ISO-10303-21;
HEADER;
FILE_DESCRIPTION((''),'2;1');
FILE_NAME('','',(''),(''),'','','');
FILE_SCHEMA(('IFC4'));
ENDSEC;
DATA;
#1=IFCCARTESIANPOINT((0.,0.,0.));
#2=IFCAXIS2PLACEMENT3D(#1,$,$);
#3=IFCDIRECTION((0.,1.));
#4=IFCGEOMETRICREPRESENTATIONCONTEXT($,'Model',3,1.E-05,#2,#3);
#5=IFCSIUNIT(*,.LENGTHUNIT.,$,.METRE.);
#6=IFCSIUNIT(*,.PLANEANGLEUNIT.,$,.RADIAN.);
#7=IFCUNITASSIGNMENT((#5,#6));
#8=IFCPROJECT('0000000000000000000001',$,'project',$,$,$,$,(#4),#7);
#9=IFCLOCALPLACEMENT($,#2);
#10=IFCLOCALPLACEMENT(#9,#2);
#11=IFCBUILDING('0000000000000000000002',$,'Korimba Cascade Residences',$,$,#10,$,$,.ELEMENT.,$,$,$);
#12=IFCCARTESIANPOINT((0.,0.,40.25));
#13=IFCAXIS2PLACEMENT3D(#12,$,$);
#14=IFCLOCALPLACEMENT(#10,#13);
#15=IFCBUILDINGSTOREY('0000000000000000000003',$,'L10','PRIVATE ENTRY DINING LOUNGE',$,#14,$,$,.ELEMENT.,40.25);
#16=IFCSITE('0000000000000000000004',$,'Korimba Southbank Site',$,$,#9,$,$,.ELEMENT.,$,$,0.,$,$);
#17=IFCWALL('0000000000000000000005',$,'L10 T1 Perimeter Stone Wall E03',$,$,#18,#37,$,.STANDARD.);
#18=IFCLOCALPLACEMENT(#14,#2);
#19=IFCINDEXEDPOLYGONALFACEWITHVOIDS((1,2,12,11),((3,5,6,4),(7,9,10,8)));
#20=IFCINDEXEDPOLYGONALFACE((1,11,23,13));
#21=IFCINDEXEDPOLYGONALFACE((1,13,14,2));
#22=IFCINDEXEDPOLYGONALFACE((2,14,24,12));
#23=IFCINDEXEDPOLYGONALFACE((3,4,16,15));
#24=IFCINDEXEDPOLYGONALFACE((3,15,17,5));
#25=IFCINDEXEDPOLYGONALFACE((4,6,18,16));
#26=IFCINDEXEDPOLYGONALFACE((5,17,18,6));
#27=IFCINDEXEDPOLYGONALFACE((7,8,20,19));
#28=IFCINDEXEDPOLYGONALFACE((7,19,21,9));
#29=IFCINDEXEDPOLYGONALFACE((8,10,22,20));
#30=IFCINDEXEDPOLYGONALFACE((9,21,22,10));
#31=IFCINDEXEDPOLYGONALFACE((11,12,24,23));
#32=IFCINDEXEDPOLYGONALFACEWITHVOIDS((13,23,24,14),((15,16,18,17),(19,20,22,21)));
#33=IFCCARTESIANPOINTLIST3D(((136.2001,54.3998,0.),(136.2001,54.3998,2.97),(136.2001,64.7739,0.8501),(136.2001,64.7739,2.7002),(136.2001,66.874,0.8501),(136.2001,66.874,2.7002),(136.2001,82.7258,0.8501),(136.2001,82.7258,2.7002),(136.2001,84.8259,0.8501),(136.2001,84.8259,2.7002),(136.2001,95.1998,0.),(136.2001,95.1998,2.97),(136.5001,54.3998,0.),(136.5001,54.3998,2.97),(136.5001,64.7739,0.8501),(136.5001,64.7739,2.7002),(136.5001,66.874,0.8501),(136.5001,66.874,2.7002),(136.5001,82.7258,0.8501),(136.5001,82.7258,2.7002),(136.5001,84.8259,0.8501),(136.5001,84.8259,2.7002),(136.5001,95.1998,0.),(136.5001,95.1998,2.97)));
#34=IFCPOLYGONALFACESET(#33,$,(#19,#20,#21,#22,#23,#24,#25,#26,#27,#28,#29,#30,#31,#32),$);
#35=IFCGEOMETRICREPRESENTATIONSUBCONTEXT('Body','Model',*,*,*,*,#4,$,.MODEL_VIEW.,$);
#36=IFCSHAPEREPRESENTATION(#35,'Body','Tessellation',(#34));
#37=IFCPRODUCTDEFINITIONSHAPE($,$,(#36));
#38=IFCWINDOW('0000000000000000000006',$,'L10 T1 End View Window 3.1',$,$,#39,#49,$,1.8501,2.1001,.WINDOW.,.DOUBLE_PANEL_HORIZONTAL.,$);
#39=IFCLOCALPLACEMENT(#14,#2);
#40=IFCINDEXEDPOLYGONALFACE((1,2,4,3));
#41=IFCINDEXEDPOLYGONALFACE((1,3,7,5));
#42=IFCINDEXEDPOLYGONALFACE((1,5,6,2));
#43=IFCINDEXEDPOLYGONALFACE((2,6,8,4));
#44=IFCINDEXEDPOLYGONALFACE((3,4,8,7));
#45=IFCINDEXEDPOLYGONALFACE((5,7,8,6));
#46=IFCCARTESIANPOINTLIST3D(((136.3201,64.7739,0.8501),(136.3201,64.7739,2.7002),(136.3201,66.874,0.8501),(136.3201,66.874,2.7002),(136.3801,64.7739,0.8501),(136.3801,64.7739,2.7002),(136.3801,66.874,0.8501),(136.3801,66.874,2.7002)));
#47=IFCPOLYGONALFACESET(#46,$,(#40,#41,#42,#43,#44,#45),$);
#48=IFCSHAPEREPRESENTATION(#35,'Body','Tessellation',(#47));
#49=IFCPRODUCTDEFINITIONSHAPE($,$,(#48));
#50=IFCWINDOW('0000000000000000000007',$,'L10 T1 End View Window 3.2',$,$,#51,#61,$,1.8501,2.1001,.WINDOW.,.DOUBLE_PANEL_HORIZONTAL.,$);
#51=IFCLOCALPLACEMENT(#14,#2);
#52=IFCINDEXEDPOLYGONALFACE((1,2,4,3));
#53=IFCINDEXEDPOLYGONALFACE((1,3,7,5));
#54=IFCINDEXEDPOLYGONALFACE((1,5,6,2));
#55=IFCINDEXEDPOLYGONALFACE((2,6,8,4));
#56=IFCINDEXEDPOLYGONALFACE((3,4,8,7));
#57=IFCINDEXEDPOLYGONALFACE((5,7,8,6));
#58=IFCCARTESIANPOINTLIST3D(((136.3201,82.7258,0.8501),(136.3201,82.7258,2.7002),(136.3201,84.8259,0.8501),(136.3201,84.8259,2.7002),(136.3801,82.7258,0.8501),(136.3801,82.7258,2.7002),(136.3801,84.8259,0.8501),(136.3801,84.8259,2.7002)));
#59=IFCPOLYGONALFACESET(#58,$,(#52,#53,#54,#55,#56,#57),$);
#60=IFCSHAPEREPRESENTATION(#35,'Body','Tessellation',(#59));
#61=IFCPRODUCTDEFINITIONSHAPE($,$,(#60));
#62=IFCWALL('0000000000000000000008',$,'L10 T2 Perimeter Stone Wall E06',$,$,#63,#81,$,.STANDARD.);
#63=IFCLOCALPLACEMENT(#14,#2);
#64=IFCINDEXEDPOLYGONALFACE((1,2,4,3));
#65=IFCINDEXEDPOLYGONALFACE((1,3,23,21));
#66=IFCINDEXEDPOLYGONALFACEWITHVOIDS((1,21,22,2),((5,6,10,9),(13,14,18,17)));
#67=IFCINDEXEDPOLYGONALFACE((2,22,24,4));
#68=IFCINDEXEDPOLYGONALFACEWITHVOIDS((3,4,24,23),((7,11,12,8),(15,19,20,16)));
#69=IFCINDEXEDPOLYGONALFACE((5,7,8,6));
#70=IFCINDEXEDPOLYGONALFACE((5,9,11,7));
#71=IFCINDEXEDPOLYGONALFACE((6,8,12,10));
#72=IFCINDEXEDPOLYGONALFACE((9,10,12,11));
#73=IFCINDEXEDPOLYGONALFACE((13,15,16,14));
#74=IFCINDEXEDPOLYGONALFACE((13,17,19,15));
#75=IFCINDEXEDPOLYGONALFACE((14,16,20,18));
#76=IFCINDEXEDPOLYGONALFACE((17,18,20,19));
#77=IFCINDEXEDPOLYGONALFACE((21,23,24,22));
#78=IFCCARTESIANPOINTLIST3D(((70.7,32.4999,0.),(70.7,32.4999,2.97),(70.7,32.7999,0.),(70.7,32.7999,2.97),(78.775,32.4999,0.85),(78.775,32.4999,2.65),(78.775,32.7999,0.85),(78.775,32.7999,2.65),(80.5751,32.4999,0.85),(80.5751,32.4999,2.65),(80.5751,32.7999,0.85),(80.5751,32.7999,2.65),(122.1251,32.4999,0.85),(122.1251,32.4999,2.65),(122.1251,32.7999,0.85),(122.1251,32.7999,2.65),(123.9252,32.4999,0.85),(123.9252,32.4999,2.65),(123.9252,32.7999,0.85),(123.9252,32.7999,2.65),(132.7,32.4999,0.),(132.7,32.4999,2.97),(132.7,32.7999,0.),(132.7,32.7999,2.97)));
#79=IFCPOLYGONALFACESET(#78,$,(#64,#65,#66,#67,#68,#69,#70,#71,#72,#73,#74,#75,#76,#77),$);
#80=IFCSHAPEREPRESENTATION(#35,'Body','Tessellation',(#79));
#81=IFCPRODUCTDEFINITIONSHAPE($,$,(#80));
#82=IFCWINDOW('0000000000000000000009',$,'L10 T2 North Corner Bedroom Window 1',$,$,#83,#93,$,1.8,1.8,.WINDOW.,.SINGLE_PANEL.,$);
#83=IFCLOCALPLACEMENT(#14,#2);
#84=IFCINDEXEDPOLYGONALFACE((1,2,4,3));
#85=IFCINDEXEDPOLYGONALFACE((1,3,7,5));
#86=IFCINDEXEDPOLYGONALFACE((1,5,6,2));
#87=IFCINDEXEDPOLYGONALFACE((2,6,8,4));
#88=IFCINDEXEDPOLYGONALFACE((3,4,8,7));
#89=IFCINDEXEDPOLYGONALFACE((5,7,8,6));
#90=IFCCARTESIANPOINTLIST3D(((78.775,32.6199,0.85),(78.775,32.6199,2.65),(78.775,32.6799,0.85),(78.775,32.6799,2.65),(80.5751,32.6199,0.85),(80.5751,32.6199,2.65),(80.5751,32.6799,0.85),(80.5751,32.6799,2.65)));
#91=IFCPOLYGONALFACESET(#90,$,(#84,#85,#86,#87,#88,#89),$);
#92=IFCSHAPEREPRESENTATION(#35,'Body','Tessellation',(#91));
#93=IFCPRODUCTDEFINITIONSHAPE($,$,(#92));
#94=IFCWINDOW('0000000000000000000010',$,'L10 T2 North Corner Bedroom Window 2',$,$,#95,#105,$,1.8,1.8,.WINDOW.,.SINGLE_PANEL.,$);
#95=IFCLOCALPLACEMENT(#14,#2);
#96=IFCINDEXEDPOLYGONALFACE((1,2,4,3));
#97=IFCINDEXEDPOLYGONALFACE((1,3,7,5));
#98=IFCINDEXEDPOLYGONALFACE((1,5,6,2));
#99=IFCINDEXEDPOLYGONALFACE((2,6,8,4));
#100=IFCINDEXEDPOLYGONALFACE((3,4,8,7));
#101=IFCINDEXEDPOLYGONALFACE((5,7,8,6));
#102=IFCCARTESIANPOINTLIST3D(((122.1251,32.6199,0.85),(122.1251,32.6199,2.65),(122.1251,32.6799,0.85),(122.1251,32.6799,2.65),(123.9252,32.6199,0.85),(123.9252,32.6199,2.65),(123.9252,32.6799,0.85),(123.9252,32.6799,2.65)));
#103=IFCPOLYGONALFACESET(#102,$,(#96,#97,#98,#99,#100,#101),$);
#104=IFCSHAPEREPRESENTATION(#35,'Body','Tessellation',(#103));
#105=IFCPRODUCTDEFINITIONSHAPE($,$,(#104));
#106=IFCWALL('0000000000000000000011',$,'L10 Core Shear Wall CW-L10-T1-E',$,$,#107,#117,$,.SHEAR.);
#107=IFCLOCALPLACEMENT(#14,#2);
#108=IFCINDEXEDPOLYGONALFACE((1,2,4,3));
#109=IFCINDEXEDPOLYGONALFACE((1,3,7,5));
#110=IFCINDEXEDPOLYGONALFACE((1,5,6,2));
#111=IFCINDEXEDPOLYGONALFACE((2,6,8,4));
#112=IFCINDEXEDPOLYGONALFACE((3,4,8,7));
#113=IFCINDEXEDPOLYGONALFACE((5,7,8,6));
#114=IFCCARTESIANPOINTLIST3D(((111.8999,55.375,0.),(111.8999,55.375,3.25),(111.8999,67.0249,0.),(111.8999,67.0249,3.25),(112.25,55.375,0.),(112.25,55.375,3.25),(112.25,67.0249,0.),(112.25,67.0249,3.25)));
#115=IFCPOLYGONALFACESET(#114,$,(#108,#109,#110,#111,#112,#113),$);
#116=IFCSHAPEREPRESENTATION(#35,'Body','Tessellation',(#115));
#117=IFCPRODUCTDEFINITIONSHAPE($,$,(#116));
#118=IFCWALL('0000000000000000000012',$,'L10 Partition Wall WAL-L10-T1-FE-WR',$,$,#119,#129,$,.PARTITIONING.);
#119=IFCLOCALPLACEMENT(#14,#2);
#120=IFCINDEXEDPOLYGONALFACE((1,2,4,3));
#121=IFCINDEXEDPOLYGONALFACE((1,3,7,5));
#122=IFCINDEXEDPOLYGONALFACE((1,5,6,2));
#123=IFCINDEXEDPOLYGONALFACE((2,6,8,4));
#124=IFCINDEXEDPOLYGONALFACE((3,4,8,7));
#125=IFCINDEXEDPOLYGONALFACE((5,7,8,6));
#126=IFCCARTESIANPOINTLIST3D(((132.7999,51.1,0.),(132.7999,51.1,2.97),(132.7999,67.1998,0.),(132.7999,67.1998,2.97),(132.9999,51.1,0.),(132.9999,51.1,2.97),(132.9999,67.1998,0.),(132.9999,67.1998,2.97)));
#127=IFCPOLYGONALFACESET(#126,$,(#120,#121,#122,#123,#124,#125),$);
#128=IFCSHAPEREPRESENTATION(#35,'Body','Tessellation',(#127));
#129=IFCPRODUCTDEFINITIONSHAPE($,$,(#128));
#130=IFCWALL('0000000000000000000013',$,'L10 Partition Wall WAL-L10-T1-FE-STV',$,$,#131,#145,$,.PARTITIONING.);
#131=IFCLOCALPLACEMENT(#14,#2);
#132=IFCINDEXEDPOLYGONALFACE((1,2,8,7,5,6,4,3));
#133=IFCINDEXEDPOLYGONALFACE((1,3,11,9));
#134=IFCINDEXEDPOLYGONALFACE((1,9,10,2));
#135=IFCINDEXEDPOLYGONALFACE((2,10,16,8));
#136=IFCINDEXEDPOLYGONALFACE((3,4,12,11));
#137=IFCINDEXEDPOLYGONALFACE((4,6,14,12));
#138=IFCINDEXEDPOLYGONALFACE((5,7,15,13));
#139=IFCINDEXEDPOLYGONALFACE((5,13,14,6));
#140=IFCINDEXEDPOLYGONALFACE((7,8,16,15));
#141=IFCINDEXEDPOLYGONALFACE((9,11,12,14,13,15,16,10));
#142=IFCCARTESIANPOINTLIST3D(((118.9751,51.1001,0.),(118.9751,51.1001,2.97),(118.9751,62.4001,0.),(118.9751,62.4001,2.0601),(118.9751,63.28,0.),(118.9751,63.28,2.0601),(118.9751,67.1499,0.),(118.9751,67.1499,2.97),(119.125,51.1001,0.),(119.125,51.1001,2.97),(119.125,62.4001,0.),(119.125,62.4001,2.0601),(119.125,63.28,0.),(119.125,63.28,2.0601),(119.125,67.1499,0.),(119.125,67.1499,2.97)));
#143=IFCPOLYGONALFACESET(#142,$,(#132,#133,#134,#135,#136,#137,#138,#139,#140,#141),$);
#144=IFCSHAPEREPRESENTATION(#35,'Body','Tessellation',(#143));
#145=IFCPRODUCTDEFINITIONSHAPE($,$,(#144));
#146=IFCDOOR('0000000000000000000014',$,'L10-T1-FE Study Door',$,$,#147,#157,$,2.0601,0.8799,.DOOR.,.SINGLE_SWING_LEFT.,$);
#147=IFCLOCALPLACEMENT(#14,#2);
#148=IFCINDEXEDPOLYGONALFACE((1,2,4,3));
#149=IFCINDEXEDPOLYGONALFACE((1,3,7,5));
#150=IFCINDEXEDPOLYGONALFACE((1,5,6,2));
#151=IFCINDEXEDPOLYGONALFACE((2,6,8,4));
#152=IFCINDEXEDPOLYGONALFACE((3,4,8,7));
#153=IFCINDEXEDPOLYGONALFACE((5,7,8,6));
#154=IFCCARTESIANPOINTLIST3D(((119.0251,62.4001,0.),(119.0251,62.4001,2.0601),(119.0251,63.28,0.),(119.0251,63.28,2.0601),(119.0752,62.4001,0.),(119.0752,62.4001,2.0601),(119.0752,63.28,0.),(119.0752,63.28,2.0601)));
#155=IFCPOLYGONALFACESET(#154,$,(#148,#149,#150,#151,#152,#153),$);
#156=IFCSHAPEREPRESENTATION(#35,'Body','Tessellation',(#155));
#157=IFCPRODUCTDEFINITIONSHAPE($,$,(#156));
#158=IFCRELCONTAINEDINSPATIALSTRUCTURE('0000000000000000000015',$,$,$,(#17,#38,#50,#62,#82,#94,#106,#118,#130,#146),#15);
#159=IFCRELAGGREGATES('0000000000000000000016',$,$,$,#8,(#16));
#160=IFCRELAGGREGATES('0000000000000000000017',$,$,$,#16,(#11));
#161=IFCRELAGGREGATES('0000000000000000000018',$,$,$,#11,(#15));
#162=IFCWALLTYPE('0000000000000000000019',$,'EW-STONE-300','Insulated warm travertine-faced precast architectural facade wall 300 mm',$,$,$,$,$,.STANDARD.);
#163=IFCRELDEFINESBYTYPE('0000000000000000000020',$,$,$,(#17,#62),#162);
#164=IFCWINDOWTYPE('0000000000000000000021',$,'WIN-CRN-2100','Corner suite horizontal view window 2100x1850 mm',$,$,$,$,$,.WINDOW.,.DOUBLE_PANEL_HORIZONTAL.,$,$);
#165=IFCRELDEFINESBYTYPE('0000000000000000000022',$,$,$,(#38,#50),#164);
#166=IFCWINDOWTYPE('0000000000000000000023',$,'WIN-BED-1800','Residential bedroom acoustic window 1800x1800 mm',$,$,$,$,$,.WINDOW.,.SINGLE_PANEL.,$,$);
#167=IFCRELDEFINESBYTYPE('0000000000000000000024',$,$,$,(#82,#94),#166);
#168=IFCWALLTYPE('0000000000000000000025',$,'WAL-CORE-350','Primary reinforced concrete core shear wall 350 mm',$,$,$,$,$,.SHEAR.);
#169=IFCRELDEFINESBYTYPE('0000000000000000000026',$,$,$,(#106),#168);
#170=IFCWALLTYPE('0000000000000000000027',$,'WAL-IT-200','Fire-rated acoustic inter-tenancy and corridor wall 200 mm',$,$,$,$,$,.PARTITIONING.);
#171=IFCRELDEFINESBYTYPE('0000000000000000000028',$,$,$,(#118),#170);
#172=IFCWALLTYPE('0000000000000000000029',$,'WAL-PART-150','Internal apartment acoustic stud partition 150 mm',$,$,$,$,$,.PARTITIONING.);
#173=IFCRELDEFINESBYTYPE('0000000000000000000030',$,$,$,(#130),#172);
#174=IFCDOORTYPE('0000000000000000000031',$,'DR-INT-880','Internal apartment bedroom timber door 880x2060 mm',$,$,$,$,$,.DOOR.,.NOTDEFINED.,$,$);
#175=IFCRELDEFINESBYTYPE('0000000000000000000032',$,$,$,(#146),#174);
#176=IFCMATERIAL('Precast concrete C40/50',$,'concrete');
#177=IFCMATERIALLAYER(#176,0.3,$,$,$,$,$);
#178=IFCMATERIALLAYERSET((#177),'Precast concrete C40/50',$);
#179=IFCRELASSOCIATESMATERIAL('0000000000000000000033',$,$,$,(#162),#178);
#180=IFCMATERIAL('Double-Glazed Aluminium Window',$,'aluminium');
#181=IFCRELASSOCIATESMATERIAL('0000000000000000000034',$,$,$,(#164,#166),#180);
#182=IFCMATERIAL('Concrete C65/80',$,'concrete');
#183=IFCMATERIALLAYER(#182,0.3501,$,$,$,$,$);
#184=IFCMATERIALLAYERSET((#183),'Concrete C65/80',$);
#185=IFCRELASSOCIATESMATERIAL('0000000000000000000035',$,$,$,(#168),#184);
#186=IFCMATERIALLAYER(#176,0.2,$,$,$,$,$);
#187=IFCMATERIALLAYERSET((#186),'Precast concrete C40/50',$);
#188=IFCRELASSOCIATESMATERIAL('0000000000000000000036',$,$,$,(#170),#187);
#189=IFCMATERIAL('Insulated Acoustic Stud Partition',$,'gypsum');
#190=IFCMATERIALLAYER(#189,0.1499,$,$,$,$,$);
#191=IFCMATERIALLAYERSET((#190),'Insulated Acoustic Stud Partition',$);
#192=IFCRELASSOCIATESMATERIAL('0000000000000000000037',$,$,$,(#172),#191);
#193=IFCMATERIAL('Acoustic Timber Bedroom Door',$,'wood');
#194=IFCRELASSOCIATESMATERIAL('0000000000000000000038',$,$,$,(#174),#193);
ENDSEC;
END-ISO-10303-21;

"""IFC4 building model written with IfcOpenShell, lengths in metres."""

from ifc_helpers import new_model, si_unit, direction, frame, frame_2d, origin, place, context, subcontext, project, spatial, rectangle, extrude, material, layer, layer_set, type_object, element, fill, save


model = new_model("IFC4")

# Units and contexts
model_context = context("Model", 3, precision=1e-05, world=origin(), true_north=direction((0.0, 1.0)))
body_context = subcontext(model_context, "Body", "Model", "MODEL_VIEW")
ifc_project = project(units=[si_unit("LENGTHUNIT", "METRE"), si_unit("PLANEANGLEUNIT", "RADIAN")], contexts=[model_context])

# Site, building, storey
site_placement = place(None, origin())
site = spatial("IfcSite", under=ifc_project, at=site_placement, Name="Korimba Southbank Site", CompositionType="ELEMENT", RefElevation=0.0)
building_placement = place(site_placement, origin())
building = spatial("IfcBuilding", under=site, at=building_placement, Name="Korimba Cascade Residences", CompositionType="ELEMENT")
storey_placement = place(building_placement, frame((0.0, 0.0, 40.25)))
storey = spatial("IfcBuildingStorey", under=building, at=storey_placement, Name="L10", Description="PRIVATE ENTRY DINING LOUNGE", CompositionType="ELEMENT", Elevation=40.25)

# Shared definitions
ifc_material_1 = material(Name="Concrete C65/80", Category="concrete")

# Shared definitions
ifc_material_2 = material(Name="Precast concrete C40/50", Category="concrete")
ifc_layer_1 = layer(ifc_material_2, 0.3)
ifc_layer_set_1 = layer_set([ifc_layer_1], Name="Precast concrete C40/50")
wall_type_1 = type_object("IfcWallType", Name="EW-STONE-300", Description="Insulated warm travertine-faced precast architectural facade wall 300 mm", PredefinedType="STANDARD", material=ifc_layer_set_1)

# Walls, openings, windows
wall_1_placement = place(storey_placement, frame((136.3501, 54.3999, 0.0), z_axis=(0.0, 0.0, 1.0), x_axis=(0.0, 1.0, 0.0)))
wall_1 = element("IfcWall", 1, at=wall_1_placement, inside=storey, type_object=wall_type_1, Name="L10 T1 Perimeter Stone Wall E03", PredefinedType="STANDARD", context=body_context, shape_type="SweptSolid", body=[
    extrude(rectangle(XDim=40.8, YDim=0.3, at=frame_2d((20.3999, 0.0))), origin(), (0.0, 0.0, 1.0), 2.97),
])
opening_1_placement = place(wall_1_placement, frame((10.374, 0.0, 0.8501)))
opening_1 = element("IfcOpeningElement", 2, at=opening_1_placement, cuts=wall_1, PredefinedType="OPENING", context=body_context, shape_type="SweptSolid", body=[
    extrude(rectangle(XDim=2.1001, YDim=1.8501, at=frame_2d((1.05, 0.925))), frame((0.0, 0.1602, 0.0), z_axis=(0.0, -1.0, 0.0), x_axis=(1.0, 0.0, 0.0)), (0.0, 0.0, 1.0), 0.3201),
])
opening_2_placement = place(wall_1_placement, frame((28.3259, 0.0, 0.8501)))
opening_2 = element("IfcOpeningElement", 3, at=opening_2_placement, cuts=wall_1, PredefinedType="OPENING", context=body_context, shape_type="SweptSolid", body=[
    extrude(rectangle(XDim=2.1001, YDim=1.8501, at=frame_2d((1.05, 0.925))), frame((0.0, 0.1602, 0.0), z_axis=(0.0, -1.0, 0.0), x_axis=(1.0, 0.0, 0.0)), (0.0, 0.0, 1.0), 0.3201),
])
ifc_material_3 = material(Name="Double-Glazed Aluminium Window", Category="aluminium")
window_type_1 = type_object("IfcWindowType", Name="WIN-CRN-2100", Description="Corner suite horizontal view window 2100x1850 mm", PartitioningType="DOUBLE_PANEL_HORIZONTAL", PredefinedType="WINDOW", material=ifc_material_3)
window_1_placement = place(opening_1_placement, origin())
window_1 = element("IfcWindow", 4, at=window_1_placement, inside=storey, type_object=window_type_1, Name="L10 T1 End View Window 3.1", OverallHeight=1.8501, OverallWidth=2.1001, PartitioningType="DOUBLE_PANEL_HORIZONTAL", PredefinedType="WINDOW", context=body_context, shape_type="SweptSolid", body=[
    extrude(rectangle(XDim=2.1001, YDim=1.8501, at=frame_2d((1.05, 0.925))), frame((0.0, 0.03, 0.0), z_axis=(0.0, -1.0, 0.0), x_axis=(1.0, 0.0, 0.0)), (0.0, 0.0, 1.0), 0.0601),
])
fill(opening_1, window_1)
window_2_placement = place(opening_2_placement, origin())
window_2 = element("IfcWindow", 5, at=window_2_placement, inside=storey, type_object=window_type_1, Name="L10 T1 End View Window 3.2", OverallHeight=1.8501, OverallWidth=2.1001, PartitioningType="DOUBLE_PANEL_HORIZONTAL", PredefinedType="WINDOW", context=body_context, shape_type="SweptSolid", body=[
    extrude(rectangle(XDim=2.1001, YDim=1.8501, at=frame_2d((1.05, 0.925))), frame((0.0, 0.03, 0.0), z_axis=(0.0, -1.0, 0.0), x_axis=(1.0, 0.0, 0.0)), (0.0, 0.0, 1.0), 0.0601),
])
fill(opening_2, window_2)
wall_2_placement = place(storey_placement, frame((132.7, 32.6499, 0.0), z_axis=(0.0, 0.0, 1.0), x_axis=(-1.0, 0.0, 0.0)))
wall_2 = element("IfcWall", 6, at=wall_2_placement, inside=storey, type_object=wall_type_1, Name="L10 T2 Perimeter Stone Wall E06", PredefinedType="STANDARD", context=body_context, shape_type="SweptSolid", body=[
    extrude(rectangle(XDim=62.0, YDim=0.3, at=frame_2d((31.0, 0.0))), origin(), (0.0, 0.0, 1.0), 2.97),
])
opening_3_placement = place(wall_2_placement, frame((52.125, 0.0, 0.8501)))
opening_3 = element("IfcOpeningElement", 7, at=opening_3_placement, cuts=wall_2, PredefinedType="OPENING", context=body_context, shape_type="SweptSolid", body=[
    extrude(rectangle(XDim=1.8, YDim=1.8, at=frame_2d((0.8999, 0.8999))), frame((0.0, 0.1602, 0.0), z_axis=(0.0, -1.0, 0.0), x_axis=(1.0, 0.0, 0.0)), (0.0, 0.0, 1.0), 0.3201),
])
opening_4_placement = place(wall_2_placement, frame((8.7749, 0.0, 0.8501)))
opening_4 = element("IfcOpeningElement", 8, at=opening_4_placement, cuts=wall_2, PredefinedType="OPENING", context=body_context, shape_type="SweptSolid", body=[
    extrude(rectangle(XDim=1.8, YDim=1.8, at=frame_2d((0.8999, 0.8999))), frame((0.0, 0.1602, 0.0), z_axis=(0.0, -1.0, 0.0), x_axis=(1.0, 0.0, 0.0)), (0.0, 0.0, 1.0), 0.3201),
])
window_type_2 = type_object("IfcWindowType", Name="WIN-BED-1800", Description="Residential bedroom acoustic window 1800x1800 mm", PartitioningType="SINGLE_PANEL", PredefinedType="WINDOW", material=ifc_material_3)
window_3_placement = place(opening_3_placement, origin())
window_3 = element("IfcWindow", 9, at=window_3_placement, inside=storey, type_object=window_type_2, Name="L10 T2 North Corner Bedroom Window 1", OverallHeight=1.8, OverallWidth=1.8, PartitioningType="SINGLE_PANEL", PredefinedType="WINDOW", context=body_context, shape_type="SweptSolid", body=[
    extrude(rectangle(XDim=1.8, YDim=1.8, at=frame_2d((0.8999, 0.8999))), frame((0.0, 0.03, 0.0), z_axis=(0.0, -1.0, 0.0), x_axis=(1.0, 0.0, 0.0)), (0.0, 0.0, 1.0), 0.0601),
])
fill(opening_3, window_3)
window_4_placement = place(opening_4_placement, origin())
window_4 = element("IfcWindow", 10, at=window_4_placement, inside=storey, type_object=window_type_2, Name="L10 T2 North Corner Bedroom Window 2", OverallHeight=1.8, OverallWidth=1.8, PartitioningType="SINGLE_PANEL", PredefinedType="WINDOW", context=body_context, shape_type="SweptSolid", body=[
    extrude(rectangle(XDim=1.8, YDim=1.8, at=frame_2d((0.8999, 0.8999))), frame((0.0, 0.03, 0.0), z_axis=(0.0, -1.0, 0.0), x_axis=(1.0, 0.0, 0.0)), (0.0, 0.0, 1.0), 0.0601),
])
fill(opening_4, window_4)

# Walls
ifc_layer_2 = layer(ifc_material_1, 0.3501)
ifc_layer_set_2 = layer_set([ifc_layer_2], Name="Concrete C65/80")
wall_type_2 = type_object("IfcWallType", Name="WAL-CORE-350", Description="Primary reinforced concrete core shear wall 350 mm", PredefinedType="SHEAR", material=ifc_layer_set_2)
wall_3_placement = place(storey_placement, frame((112.075, 55.375, 0.0), z_axis=(0.0, 0.0, 1.0), x_axis=(0.0, 1.0, 0.0)))
element("IfcWall", 11, at=wall_3_placement, inside=storey, type_object=wall_type_2, Name="L10 Core Shear Wall CW-L10-T1-E", PredefinedType="SHEAR", context=body_context, shape_type="SweptSolid", body=[
    extrude(rectangle(XDim=11.6499, YDim=0.3501, at=frame_2d((5.825, 0.0))), origin(), (0.0, 0.0, 1.0), 3.25),
])
ifc_layer_3 = layer(ifc_material_2, 0.2)
ifc_layer_set_3 = layer_set([ifc_layer_3], Name="Precast concrete C40/50")
wall_type_3 = type_object("IfcWallType", Name="WAL-IT-200", Description="Fire-rated acoustic inter-tenancy and corridor wall 200 mm", PredefinedType="PARTITIONING", material=ifc_layer_set_3)
wall_4_placement = place(storey_placement, frame((132.8999, 51.1001, 0.0), z_axis=(0.0, 0.0, 1.0), x_axis=(0.0, 1.0, 0.0)))
element("IfcWall", 12, at=wall_4_placement, inside=storey, type_object=wall_type_3, Name="L10 Partition Wall WAL-L10-T1-FE-WR", PredefinedType="PARTITIONING", context=body_context, shape_type="SweptSolid", body=[
    extrude(rectangle(XDim=16.0999, YDim=0.2, at=frame_2d((8.0498, 0.0))), origin(), (0.0, 0.0, 1.0), 2.97),
])

# Wall, opening, door
ifc_material_4 = material(Name="Insulated Acoustic Stud Partition", Category="gypsum")
ifc_layer_4 = layer(ifc_material_4, 0.1499)
ifc_layer_set_4 = layer_set([ifc_layer_4], Name="Insulated Acoustic Stud Partition")
wall_type_4 = type_object("IfcWallType", Name="WAL-PART-150", Description="Internal apartment acoustic stud partition 150 mm", PredefinedType="PARTITIONING", material=ifc_layer_set_4)
wall_5_placement = place(storey_placement, frame((119.05, 51.1001, 0.0), z_axis=(0.0, 0.0, 1.0), x_axis=(0.0, 1.0, 0.0)))
wall_5 = element("IfcWall", 13, at=wall_5_placement, inside=storey, type_object=wall_type_4, Name="L10 Partition Wall WAL-L10-T1-FE-STV", PredefinedType="PARTITIONING", context=body_context, shape_type="SweptSolid", body=[
    extrude(rectangle(XDim=16.0498, YDim=0.1499, at=frame_2d((8.0249, 0.0))), origin(), (0.0, 0.0, 1.0), 2.97),
])
opening_5_placement = place(wall_5_placement, frame((11.3, 0.0, 0.0)))
opening_5 = element("IfcOpeningElement", 14, at=opening_5_placement, cuts=wall_5, PredefinedType="OPENING", context=body_context, shape_type="SweptSolid", body=[
    extrude(rectangle(XDim=0.8799, YDim=2.0601, at=frame_2d((0.4399, 1.03))), frame((0.0, 0.085, 0.0), z_axis=(0.0, -1.0, 0.0), x_axis=(1.0, 0.0, 0.0)), (0.0, 0.0, 1.0), 0.1699),
])
ifc_material_5 = material(Name="Acoustic Timber Bedroom Door", Category="wood")
door_type = type_object("IfcDoorType", Name="DR-INT-880", Description="Internal apartment bedroom timber door 880x2060 mm", OperationType="NOTDEFINED", PredefinedType="DOOR", material=ifc_material_5)
door_placement = place(opening_5_placement, origin())
door = element("IfcDoor", 15, at=door_placement, inside=storey, type_object=door_type, Name="L10-T1-FE Study Door", OperationType="SINGLE_SWING_LEFT", OverallHeight=2.0601, OverallWidth=0.8799, PredefinedType="DOOR", context=body_context, shape_type="SweptSolid", body=[
    extrude(rectangle(XDim=0.8799, YDim=2.0601, at=frame_2d((0.4399, 1.03))), frame((0.0, 0.0249, 0.0), z_axis=(0.0, -1.0, 0.0), x_axis=(1.0, 0.0, 0.0)), (0.0, 0.0, 1.0), 0.05),
])
fill(opening_5, door)

save(model, "model.ifc")
